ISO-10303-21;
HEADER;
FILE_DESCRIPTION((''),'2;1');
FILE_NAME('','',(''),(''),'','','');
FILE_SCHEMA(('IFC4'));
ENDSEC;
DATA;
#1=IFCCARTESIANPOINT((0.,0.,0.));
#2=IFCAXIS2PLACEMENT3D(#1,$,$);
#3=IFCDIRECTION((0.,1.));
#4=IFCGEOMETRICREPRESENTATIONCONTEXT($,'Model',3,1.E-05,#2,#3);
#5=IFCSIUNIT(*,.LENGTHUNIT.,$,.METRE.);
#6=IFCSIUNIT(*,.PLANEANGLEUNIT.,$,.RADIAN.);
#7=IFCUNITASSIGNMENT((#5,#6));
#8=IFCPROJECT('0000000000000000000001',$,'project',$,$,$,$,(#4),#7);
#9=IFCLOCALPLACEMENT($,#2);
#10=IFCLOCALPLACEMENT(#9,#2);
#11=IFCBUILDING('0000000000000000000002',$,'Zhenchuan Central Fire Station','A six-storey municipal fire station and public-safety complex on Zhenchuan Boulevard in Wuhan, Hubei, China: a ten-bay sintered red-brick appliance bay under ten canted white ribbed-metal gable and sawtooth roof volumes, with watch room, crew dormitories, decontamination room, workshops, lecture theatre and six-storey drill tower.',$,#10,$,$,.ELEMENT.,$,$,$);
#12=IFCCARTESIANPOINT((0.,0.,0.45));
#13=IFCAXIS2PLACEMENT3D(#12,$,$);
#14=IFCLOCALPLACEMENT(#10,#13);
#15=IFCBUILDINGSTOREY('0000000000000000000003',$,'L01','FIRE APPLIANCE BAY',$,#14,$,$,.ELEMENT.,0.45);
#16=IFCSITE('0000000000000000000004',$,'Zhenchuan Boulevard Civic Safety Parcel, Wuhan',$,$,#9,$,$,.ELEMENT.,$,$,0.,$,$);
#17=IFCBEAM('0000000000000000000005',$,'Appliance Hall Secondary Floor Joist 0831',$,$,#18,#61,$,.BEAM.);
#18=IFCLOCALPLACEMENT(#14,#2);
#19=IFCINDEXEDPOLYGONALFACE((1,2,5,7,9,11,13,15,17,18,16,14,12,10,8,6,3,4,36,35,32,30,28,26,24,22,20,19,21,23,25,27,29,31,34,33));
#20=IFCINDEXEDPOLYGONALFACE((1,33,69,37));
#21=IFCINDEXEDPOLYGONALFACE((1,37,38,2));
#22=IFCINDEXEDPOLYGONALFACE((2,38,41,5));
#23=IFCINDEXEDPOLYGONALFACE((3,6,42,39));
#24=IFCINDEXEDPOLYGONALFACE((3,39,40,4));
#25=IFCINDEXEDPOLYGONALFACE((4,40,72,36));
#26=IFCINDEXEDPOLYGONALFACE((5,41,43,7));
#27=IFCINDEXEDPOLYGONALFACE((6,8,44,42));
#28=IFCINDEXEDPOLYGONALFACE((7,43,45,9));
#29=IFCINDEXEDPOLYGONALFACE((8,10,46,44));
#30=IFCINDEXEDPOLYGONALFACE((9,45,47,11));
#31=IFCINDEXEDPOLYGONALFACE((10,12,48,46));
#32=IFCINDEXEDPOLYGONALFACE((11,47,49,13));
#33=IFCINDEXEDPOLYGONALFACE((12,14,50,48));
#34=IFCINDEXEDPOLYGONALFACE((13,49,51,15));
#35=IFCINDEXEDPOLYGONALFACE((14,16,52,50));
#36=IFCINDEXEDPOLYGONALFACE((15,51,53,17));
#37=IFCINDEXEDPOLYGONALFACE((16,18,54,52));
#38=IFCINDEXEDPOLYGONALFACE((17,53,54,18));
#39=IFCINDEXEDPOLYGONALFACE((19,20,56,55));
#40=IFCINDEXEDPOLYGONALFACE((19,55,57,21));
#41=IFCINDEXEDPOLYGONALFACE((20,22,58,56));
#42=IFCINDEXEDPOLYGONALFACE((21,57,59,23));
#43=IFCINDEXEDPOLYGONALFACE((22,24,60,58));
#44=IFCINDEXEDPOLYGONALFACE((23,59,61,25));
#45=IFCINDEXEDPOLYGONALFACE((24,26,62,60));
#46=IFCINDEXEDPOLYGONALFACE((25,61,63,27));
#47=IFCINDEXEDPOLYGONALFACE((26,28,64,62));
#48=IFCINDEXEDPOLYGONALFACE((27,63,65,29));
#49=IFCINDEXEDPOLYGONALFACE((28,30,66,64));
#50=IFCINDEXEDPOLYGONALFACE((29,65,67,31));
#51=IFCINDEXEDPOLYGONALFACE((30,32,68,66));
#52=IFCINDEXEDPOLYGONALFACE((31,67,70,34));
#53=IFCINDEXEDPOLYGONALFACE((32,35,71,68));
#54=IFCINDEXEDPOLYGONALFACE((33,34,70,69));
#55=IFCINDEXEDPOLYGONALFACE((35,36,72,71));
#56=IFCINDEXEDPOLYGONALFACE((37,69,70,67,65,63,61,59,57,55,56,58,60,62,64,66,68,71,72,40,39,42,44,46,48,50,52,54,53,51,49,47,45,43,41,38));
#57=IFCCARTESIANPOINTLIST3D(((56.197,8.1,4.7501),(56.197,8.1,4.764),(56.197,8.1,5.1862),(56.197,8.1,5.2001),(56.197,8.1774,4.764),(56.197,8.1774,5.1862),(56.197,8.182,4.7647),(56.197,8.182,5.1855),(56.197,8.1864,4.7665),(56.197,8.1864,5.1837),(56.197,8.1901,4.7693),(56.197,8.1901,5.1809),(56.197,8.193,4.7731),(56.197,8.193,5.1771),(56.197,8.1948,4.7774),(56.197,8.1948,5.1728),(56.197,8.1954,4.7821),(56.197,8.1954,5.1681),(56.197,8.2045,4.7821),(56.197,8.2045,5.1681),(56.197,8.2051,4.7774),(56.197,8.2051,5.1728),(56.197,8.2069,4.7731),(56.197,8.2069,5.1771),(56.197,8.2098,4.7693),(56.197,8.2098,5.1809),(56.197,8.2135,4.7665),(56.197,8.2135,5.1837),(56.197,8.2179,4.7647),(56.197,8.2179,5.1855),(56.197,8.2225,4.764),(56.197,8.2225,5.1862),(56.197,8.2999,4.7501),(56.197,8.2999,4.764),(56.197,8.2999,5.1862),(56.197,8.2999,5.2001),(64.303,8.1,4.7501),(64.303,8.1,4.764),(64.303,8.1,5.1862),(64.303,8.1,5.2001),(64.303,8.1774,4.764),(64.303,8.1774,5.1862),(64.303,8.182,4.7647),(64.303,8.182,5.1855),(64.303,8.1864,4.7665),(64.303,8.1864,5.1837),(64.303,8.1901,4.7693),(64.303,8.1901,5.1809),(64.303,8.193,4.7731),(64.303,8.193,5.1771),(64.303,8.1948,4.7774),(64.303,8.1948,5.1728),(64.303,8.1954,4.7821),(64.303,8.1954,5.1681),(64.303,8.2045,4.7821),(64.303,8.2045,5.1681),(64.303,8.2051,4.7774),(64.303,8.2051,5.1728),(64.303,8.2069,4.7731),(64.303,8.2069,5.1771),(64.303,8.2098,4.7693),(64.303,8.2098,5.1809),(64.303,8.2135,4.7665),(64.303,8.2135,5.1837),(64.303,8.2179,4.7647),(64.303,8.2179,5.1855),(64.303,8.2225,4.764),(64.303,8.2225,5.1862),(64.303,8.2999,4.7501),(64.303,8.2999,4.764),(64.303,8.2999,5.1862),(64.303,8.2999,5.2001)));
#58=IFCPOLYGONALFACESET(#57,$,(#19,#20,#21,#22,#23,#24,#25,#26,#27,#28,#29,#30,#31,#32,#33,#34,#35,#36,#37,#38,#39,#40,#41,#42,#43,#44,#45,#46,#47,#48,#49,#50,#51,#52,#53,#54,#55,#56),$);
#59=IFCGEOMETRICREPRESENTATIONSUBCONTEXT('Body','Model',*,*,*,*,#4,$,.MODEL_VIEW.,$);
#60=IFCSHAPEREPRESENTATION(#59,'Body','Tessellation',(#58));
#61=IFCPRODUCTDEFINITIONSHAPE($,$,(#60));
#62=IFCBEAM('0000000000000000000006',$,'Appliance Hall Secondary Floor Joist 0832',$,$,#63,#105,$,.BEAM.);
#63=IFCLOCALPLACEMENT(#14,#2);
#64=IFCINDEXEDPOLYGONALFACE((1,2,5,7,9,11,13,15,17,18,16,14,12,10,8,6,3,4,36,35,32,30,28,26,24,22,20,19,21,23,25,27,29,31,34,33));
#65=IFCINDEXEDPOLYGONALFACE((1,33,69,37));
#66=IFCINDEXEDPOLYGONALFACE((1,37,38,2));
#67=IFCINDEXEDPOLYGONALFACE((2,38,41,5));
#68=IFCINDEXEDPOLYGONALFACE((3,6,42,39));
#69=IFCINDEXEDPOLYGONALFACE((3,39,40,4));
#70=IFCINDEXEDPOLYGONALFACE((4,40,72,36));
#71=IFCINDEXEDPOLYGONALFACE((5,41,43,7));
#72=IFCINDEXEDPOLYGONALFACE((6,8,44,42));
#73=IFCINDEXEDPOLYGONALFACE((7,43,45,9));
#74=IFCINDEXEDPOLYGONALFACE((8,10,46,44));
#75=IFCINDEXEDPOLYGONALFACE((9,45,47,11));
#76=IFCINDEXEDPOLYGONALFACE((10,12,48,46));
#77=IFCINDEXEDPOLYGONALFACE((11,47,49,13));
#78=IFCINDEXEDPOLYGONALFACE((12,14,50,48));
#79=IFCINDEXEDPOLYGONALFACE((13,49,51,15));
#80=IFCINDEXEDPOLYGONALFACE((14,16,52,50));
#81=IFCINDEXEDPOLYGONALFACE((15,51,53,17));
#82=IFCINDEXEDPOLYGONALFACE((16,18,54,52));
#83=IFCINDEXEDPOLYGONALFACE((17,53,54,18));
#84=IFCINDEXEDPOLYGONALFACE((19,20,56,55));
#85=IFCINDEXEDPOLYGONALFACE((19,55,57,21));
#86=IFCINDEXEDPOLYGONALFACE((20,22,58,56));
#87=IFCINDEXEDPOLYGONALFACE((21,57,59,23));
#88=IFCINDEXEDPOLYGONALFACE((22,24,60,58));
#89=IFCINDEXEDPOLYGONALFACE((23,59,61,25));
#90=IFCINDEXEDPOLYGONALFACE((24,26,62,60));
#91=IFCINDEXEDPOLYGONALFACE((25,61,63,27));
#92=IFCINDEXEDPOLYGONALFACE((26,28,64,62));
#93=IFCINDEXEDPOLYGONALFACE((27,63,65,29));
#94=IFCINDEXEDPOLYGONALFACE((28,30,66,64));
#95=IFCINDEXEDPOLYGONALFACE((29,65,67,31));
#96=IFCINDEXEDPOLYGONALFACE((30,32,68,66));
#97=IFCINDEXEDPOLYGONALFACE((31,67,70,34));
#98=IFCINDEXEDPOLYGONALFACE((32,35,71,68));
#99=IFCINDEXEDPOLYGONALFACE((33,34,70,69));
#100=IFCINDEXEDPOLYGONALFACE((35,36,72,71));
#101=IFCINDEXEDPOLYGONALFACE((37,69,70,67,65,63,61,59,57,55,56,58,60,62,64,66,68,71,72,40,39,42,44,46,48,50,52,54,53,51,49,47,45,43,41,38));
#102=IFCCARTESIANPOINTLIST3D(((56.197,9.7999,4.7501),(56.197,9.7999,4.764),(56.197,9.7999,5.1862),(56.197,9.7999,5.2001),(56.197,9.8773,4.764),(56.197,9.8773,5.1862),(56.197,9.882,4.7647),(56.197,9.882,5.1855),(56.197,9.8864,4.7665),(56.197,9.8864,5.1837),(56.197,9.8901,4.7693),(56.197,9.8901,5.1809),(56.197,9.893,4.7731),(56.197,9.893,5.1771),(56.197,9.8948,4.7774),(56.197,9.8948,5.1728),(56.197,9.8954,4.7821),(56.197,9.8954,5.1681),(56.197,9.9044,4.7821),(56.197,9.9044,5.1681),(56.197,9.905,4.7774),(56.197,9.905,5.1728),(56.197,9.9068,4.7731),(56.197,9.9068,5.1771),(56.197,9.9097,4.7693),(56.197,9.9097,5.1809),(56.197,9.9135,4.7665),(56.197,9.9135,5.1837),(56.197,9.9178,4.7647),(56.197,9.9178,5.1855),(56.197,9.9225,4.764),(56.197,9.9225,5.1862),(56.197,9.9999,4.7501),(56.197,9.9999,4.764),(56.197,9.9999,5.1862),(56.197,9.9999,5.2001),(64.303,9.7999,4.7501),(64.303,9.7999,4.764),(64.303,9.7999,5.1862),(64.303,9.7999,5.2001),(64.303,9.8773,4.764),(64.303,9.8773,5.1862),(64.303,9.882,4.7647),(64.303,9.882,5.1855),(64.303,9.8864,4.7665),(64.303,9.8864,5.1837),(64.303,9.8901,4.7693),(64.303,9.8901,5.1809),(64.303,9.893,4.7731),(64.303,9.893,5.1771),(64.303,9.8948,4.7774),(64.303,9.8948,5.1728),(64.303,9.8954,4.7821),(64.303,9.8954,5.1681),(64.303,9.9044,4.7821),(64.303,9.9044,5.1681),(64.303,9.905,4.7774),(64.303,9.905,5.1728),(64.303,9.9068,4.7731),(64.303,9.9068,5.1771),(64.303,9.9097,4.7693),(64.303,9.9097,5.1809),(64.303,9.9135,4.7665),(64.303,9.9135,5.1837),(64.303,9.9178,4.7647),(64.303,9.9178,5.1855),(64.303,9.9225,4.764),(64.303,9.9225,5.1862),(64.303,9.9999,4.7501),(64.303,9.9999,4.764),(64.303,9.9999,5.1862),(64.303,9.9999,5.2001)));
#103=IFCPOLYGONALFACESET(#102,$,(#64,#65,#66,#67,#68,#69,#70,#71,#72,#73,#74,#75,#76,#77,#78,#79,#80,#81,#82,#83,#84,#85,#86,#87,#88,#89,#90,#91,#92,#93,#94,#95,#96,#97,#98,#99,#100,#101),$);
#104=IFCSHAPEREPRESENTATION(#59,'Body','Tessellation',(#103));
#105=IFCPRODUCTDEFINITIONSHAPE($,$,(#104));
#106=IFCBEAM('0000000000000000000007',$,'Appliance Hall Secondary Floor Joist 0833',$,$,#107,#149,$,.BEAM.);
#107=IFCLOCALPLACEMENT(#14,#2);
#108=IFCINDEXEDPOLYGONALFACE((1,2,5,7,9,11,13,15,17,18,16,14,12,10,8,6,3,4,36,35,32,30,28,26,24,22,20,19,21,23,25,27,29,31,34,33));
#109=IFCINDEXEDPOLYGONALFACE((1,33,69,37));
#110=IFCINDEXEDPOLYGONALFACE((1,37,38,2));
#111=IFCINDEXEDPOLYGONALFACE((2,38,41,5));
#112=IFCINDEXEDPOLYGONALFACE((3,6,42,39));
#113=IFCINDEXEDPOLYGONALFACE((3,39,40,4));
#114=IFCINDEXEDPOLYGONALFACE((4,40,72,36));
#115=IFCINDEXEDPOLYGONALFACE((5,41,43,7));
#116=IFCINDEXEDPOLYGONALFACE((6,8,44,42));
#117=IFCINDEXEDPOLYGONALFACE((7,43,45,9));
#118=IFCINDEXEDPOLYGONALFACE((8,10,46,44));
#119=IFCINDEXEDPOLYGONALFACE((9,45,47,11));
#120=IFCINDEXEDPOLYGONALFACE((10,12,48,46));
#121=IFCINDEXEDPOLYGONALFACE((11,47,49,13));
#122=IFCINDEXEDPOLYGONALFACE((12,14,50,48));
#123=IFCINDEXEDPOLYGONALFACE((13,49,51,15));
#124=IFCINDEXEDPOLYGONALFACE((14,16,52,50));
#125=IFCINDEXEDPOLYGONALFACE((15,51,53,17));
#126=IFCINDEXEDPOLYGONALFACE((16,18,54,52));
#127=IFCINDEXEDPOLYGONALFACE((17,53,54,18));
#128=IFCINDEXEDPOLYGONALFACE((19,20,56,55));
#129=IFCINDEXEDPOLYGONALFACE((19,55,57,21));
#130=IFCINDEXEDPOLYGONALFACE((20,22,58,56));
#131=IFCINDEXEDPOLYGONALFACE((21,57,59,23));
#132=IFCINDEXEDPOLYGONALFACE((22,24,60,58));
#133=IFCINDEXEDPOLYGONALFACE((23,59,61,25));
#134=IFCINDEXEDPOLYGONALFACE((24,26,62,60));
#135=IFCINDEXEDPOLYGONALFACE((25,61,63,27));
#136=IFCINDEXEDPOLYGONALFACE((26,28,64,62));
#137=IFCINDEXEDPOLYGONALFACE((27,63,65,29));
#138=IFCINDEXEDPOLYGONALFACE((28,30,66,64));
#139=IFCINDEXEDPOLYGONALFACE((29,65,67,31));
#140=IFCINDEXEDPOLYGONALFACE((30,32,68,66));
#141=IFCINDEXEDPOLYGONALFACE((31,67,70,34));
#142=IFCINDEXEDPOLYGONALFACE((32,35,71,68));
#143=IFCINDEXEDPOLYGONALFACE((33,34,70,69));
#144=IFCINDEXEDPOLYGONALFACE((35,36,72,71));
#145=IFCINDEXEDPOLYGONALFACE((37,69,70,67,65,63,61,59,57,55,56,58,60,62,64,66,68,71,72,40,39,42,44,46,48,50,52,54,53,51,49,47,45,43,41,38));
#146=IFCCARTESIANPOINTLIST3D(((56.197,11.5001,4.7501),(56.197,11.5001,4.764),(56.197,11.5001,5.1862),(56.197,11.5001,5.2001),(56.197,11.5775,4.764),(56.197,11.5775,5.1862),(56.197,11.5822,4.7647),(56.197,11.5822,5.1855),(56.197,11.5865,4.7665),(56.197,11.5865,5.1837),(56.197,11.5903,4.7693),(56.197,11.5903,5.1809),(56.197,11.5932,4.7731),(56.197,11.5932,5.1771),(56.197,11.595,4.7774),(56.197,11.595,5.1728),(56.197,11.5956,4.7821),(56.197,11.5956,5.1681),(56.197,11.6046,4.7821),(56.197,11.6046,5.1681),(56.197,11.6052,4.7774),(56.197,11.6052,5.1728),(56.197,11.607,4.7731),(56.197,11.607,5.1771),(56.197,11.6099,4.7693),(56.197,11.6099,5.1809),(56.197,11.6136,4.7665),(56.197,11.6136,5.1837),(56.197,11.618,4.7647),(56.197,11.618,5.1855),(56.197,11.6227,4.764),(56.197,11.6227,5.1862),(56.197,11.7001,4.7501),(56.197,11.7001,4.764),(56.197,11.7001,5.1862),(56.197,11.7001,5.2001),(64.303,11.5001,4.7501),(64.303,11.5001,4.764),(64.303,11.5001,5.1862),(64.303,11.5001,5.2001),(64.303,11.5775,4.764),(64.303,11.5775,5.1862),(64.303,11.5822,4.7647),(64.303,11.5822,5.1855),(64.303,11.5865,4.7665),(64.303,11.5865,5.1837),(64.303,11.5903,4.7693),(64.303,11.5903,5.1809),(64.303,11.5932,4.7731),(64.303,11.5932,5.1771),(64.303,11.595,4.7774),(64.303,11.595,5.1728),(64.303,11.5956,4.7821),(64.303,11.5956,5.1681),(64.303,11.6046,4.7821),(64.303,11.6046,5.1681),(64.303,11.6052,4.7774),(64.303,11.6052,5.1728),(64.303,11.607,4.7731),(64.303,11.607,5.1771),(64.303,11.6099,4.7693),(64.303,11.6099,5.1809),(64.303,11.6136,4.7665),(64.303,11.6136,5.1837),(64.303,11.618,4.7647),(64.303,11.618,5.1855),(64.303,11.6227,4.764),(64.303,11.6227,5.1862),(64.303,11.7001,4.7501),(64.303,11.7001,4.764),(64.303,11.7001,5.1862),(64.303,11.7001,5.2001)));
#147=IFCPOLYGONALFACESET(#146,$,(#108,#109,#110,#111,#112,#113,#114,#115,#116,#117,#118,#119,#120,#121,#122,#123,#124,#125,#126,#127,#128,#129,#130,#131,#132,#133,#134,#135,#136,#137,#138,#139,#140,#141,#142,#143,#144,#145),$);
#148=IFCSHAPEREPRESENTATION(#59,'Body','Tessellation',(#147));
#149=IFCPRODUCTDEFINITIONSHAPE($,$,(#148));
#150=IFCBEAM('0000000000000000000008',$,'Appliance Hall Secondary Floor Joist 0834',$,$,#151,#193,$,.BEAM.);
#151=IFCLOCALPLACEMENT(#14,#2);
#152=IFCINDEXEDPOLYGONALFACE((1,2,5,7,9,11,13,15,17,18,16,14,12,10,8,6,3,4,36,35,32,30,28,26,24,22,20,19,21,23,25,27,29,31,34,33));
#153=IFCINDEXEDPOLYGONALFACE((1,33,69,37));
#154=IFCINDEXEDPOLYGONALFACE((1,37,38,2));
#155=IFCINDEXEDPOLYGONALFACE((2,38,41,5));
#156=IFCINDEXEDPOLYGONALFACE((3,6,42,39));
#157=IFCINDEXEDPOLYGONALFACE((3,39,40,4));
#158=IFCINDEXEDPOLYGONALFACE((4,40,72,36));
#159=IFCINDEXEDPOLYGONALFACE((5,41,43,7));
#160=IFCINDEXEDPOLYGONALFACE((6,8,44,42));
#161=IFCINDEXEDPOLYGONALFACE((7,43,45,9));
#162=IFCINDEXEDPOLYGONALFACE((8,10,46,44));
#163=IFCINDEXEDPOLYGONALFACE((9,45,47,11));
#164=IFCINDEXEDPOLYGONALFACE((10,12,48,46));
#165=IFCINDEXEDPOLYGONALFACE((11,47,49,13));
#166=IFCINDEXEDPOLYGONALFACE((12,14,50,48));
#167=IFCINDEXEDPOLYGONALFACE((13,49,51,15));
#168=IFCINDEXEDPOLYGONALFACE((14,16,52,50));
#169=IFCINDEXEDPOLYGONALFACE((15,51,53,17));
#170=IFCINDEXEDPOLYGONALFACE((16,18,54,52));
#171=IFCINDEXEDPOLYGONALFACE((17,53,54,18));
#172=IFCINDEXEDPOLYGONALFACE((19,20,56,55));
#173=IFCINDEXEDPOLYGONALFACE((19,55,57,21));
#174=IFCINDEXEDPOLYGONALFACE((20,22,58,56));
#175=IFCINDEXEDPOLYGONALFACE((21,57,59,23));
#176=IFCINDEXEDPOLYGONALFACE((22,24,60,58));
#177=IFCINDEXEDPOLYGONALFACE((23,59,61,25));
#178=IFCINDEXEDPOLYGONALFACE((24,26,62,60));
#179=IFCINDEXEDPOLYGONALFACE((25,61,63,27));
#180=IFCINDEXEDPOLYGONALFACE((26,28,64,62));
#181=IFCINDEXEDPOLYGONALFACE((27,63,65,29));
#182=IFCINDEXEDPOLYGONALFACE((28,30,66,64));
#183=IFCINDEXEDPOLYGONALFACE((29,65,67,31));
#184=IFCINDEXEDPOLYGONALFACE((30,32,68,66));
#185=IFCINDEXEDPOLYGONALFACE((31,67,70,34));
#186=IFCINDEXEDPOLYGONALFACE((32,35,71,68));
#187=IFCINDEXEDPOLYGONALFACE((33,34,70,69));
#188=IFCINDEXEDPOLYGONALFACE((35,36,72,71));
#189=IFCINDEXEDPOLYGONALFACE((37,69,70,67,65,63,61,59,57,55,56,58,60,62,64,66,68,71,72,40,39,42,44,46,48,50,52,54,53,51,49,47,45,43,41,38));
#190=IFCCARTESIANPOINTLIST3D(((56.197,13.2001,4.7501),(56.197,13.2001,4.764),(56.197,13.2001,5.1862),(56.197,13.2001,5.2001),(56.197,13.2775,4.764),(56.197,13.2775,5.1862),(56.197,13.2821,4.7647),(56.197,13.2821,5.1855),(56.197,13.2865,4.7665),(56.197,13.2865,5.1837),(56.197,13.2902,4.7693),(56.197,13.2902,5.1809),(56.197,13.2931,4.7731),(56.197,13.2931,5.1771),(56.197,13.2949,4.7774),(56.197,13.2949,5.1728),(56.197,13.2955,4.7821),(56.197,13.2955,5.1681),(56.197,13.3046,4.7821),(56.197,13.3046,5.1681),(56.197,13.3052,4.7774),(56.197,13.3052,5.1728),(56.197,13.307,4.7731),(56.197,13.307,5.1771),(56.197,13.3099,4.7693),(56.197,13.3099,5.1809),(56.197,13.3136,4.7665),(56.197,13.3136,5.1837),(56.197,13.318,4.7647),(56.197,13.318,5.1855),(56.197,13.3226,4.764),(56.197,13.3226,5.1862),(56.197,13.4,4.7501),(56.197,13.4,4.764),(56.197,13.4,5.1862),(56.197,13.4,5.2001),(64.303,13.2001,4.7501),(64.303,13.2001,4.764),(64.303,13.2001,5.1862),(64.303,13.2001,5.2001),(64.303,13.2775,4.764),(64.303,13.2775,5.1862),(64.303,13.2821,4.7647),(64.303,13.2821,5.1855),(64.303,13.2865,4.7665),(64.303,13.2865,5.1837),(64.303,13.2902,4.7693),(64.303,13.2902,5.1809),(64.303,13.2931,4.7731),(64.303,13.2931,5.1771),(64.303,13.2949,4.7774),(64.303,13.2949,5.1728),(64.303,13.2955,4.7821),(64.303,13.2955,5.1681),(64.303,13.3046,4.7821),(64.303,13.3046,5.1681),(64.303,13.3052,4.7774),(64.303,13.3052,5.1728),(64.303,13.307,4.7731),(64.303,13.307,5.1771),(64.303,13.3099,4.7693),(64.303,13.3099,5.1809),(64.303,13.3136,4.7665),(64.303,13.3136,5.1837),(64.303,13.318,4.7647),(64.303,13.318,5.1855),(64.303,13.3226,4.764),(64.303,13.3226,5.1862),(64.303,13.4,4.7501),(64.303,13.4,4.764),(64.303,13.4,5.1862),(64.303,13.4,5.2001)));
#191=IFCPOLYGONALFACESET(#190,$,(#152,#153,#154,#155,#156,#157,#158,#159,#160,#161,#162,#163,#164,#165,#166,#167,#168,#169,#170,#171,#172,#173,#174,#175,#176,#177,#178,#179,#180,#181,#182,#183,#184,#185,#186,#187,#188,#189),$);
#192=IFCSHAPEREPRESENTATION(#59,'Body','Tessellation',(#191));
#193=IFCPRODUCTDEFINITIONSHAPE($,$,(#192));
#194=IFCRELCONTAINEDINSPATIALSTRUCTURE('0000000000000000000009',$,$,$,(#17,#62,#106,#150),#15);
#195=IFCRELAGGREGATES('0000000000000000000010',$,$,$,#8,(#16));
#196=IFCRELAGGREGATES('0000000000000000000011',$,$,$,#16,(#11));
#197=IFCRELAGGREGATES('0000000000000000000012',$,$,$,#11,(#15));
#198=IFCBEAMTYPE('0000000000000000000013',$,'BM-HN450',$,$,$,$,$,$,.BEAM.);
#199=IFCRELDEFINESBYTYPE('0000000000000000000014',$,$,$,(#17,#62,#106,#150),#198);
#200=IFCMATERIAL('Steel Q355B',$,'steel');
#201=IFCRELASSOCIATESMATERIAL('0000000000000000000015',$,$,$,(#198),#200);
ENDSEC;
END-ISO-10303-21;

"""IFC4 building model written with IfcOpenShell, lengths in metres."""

from ifc_helpers import new_model, si_unit, direction, frame, origin, origin_2d, place, context, subcontext, project, spatial, i_section, extrude, material, material_profile, profile_set, type_object, element, save


model = new_model("IFC4")

# Units and contexts
model_context = context("Model", 3, precision=1e-05, world=origin(), true_north=direction((0.0, 1.0)))
body_context = subcontext(model_context, "Body", "Model", "MODEL_VIEW")
ifc_project = project(units=[si_unit("LENGTHUNIT", "METRE"), si_unit("PLANEANGLEUNIT", "RADIAN")], contexts=[model_context])

# Site, building, storey
site_placement = place(None, origin())
site = spatial("IfcSite", under=ifc_project, at=site_placement, Name="Zhenchuan Boulevard Civic Safety Parcel, Wuhan", CompositionType="ELEMENT", RefElevation=0.0)
building_placement = place(site_placement, origin())
building = spatial("IfcBuilding", under=site, at=building_placement, Name="Zhenchuan Central Fire Station", Description="A six-storey municipal fire station and public-safety complex on Zhenchuan Boulevard in Wuhan, Hubei, China: a ten-bay sintered red-brick appliance bay under ten canted white ribbed-metal gable and sawtooth roof volumes, with watch room, crew dormitories, decontamination room, workshops, lecture theatre and six-storey drill tower.", CompositionType="ELEMENT")
storey_placement = place(building_placement, frame((0.0, 0.0, 0.45)))
storey = spatial("IfcBuildingStorey", under=building, at=storey_placement, Name="L01", Description="FIRE APPLIANCE BAY", CompositionType="ELEMENT", Elevation=0.45)

# Shared definitions
ifc_material_1 = material(Name="Steel Q355B", Category="steel")

# Beams
ifc_material_profile_1 = material_profile(ifc_material_1, i_section(OverallWidth=0.2, OverallDepth=0.45, WebThickness=0.009, FlangeThickness=0.0139, FilletRadius=0.0181, at=origin_2d()), Name="HN 450x200")
ifc_profile_set_1 = profile_set([ifc_material_profile_1], Name="Steel Q355B")
beam_type_1 = type_object("IfcBeamType", Name="BM-HN450", PredefinedType="BEAM", material=ifc_profile_set_1)
for number, where, z_axis, x_axis, name in (
    (1, (56.197, 8.2, 4.9751), (1.0, 0.0, 0.0), (0.0, 1.0, 0.0), "Appliance Hall Secondary Floor Joist 0831"),
    (2, (56.197, 9.8999, 4.9751), (1.0, 0.0, 0.0), (0.0, 1.0, 0.0), "Appliance Hall Secondary Floor Joist 0832"),
    (3, (56.197, 11.6001, 4.9751), (1.0, 0.0, 0.0), (0.0, 1.0, 0.0), "Appliance Hall Secondary Floor Joist 0833"),
    (4, (56.197, 13.3, 4.9751), (1.0, 0.0, 0.0), (0.0, 1.0, 0.0), "Appliance Hall Secondary Floor Joist 0834"),
):
    element("IfcBeam", number, at=place(storey_placement, frame(where, z_axis=z_axis, x_axis=x_axis)), inside=storey, type_object=beam_type_1, Name=name, PredefinedType="BEAM", context=body_context, shape_type="SweptSolid", body=[
        extrude(i_section(OverallWidth=0.2, OverallDepth=0.45, WebThickness=0.009, FlangeThickness=0.0139, FilletRadius=0.0181, at=origin_2d()), origin(), (0.0, 0.0, 1.0), 8.106),
    ])

save(model, "model.ifc")
